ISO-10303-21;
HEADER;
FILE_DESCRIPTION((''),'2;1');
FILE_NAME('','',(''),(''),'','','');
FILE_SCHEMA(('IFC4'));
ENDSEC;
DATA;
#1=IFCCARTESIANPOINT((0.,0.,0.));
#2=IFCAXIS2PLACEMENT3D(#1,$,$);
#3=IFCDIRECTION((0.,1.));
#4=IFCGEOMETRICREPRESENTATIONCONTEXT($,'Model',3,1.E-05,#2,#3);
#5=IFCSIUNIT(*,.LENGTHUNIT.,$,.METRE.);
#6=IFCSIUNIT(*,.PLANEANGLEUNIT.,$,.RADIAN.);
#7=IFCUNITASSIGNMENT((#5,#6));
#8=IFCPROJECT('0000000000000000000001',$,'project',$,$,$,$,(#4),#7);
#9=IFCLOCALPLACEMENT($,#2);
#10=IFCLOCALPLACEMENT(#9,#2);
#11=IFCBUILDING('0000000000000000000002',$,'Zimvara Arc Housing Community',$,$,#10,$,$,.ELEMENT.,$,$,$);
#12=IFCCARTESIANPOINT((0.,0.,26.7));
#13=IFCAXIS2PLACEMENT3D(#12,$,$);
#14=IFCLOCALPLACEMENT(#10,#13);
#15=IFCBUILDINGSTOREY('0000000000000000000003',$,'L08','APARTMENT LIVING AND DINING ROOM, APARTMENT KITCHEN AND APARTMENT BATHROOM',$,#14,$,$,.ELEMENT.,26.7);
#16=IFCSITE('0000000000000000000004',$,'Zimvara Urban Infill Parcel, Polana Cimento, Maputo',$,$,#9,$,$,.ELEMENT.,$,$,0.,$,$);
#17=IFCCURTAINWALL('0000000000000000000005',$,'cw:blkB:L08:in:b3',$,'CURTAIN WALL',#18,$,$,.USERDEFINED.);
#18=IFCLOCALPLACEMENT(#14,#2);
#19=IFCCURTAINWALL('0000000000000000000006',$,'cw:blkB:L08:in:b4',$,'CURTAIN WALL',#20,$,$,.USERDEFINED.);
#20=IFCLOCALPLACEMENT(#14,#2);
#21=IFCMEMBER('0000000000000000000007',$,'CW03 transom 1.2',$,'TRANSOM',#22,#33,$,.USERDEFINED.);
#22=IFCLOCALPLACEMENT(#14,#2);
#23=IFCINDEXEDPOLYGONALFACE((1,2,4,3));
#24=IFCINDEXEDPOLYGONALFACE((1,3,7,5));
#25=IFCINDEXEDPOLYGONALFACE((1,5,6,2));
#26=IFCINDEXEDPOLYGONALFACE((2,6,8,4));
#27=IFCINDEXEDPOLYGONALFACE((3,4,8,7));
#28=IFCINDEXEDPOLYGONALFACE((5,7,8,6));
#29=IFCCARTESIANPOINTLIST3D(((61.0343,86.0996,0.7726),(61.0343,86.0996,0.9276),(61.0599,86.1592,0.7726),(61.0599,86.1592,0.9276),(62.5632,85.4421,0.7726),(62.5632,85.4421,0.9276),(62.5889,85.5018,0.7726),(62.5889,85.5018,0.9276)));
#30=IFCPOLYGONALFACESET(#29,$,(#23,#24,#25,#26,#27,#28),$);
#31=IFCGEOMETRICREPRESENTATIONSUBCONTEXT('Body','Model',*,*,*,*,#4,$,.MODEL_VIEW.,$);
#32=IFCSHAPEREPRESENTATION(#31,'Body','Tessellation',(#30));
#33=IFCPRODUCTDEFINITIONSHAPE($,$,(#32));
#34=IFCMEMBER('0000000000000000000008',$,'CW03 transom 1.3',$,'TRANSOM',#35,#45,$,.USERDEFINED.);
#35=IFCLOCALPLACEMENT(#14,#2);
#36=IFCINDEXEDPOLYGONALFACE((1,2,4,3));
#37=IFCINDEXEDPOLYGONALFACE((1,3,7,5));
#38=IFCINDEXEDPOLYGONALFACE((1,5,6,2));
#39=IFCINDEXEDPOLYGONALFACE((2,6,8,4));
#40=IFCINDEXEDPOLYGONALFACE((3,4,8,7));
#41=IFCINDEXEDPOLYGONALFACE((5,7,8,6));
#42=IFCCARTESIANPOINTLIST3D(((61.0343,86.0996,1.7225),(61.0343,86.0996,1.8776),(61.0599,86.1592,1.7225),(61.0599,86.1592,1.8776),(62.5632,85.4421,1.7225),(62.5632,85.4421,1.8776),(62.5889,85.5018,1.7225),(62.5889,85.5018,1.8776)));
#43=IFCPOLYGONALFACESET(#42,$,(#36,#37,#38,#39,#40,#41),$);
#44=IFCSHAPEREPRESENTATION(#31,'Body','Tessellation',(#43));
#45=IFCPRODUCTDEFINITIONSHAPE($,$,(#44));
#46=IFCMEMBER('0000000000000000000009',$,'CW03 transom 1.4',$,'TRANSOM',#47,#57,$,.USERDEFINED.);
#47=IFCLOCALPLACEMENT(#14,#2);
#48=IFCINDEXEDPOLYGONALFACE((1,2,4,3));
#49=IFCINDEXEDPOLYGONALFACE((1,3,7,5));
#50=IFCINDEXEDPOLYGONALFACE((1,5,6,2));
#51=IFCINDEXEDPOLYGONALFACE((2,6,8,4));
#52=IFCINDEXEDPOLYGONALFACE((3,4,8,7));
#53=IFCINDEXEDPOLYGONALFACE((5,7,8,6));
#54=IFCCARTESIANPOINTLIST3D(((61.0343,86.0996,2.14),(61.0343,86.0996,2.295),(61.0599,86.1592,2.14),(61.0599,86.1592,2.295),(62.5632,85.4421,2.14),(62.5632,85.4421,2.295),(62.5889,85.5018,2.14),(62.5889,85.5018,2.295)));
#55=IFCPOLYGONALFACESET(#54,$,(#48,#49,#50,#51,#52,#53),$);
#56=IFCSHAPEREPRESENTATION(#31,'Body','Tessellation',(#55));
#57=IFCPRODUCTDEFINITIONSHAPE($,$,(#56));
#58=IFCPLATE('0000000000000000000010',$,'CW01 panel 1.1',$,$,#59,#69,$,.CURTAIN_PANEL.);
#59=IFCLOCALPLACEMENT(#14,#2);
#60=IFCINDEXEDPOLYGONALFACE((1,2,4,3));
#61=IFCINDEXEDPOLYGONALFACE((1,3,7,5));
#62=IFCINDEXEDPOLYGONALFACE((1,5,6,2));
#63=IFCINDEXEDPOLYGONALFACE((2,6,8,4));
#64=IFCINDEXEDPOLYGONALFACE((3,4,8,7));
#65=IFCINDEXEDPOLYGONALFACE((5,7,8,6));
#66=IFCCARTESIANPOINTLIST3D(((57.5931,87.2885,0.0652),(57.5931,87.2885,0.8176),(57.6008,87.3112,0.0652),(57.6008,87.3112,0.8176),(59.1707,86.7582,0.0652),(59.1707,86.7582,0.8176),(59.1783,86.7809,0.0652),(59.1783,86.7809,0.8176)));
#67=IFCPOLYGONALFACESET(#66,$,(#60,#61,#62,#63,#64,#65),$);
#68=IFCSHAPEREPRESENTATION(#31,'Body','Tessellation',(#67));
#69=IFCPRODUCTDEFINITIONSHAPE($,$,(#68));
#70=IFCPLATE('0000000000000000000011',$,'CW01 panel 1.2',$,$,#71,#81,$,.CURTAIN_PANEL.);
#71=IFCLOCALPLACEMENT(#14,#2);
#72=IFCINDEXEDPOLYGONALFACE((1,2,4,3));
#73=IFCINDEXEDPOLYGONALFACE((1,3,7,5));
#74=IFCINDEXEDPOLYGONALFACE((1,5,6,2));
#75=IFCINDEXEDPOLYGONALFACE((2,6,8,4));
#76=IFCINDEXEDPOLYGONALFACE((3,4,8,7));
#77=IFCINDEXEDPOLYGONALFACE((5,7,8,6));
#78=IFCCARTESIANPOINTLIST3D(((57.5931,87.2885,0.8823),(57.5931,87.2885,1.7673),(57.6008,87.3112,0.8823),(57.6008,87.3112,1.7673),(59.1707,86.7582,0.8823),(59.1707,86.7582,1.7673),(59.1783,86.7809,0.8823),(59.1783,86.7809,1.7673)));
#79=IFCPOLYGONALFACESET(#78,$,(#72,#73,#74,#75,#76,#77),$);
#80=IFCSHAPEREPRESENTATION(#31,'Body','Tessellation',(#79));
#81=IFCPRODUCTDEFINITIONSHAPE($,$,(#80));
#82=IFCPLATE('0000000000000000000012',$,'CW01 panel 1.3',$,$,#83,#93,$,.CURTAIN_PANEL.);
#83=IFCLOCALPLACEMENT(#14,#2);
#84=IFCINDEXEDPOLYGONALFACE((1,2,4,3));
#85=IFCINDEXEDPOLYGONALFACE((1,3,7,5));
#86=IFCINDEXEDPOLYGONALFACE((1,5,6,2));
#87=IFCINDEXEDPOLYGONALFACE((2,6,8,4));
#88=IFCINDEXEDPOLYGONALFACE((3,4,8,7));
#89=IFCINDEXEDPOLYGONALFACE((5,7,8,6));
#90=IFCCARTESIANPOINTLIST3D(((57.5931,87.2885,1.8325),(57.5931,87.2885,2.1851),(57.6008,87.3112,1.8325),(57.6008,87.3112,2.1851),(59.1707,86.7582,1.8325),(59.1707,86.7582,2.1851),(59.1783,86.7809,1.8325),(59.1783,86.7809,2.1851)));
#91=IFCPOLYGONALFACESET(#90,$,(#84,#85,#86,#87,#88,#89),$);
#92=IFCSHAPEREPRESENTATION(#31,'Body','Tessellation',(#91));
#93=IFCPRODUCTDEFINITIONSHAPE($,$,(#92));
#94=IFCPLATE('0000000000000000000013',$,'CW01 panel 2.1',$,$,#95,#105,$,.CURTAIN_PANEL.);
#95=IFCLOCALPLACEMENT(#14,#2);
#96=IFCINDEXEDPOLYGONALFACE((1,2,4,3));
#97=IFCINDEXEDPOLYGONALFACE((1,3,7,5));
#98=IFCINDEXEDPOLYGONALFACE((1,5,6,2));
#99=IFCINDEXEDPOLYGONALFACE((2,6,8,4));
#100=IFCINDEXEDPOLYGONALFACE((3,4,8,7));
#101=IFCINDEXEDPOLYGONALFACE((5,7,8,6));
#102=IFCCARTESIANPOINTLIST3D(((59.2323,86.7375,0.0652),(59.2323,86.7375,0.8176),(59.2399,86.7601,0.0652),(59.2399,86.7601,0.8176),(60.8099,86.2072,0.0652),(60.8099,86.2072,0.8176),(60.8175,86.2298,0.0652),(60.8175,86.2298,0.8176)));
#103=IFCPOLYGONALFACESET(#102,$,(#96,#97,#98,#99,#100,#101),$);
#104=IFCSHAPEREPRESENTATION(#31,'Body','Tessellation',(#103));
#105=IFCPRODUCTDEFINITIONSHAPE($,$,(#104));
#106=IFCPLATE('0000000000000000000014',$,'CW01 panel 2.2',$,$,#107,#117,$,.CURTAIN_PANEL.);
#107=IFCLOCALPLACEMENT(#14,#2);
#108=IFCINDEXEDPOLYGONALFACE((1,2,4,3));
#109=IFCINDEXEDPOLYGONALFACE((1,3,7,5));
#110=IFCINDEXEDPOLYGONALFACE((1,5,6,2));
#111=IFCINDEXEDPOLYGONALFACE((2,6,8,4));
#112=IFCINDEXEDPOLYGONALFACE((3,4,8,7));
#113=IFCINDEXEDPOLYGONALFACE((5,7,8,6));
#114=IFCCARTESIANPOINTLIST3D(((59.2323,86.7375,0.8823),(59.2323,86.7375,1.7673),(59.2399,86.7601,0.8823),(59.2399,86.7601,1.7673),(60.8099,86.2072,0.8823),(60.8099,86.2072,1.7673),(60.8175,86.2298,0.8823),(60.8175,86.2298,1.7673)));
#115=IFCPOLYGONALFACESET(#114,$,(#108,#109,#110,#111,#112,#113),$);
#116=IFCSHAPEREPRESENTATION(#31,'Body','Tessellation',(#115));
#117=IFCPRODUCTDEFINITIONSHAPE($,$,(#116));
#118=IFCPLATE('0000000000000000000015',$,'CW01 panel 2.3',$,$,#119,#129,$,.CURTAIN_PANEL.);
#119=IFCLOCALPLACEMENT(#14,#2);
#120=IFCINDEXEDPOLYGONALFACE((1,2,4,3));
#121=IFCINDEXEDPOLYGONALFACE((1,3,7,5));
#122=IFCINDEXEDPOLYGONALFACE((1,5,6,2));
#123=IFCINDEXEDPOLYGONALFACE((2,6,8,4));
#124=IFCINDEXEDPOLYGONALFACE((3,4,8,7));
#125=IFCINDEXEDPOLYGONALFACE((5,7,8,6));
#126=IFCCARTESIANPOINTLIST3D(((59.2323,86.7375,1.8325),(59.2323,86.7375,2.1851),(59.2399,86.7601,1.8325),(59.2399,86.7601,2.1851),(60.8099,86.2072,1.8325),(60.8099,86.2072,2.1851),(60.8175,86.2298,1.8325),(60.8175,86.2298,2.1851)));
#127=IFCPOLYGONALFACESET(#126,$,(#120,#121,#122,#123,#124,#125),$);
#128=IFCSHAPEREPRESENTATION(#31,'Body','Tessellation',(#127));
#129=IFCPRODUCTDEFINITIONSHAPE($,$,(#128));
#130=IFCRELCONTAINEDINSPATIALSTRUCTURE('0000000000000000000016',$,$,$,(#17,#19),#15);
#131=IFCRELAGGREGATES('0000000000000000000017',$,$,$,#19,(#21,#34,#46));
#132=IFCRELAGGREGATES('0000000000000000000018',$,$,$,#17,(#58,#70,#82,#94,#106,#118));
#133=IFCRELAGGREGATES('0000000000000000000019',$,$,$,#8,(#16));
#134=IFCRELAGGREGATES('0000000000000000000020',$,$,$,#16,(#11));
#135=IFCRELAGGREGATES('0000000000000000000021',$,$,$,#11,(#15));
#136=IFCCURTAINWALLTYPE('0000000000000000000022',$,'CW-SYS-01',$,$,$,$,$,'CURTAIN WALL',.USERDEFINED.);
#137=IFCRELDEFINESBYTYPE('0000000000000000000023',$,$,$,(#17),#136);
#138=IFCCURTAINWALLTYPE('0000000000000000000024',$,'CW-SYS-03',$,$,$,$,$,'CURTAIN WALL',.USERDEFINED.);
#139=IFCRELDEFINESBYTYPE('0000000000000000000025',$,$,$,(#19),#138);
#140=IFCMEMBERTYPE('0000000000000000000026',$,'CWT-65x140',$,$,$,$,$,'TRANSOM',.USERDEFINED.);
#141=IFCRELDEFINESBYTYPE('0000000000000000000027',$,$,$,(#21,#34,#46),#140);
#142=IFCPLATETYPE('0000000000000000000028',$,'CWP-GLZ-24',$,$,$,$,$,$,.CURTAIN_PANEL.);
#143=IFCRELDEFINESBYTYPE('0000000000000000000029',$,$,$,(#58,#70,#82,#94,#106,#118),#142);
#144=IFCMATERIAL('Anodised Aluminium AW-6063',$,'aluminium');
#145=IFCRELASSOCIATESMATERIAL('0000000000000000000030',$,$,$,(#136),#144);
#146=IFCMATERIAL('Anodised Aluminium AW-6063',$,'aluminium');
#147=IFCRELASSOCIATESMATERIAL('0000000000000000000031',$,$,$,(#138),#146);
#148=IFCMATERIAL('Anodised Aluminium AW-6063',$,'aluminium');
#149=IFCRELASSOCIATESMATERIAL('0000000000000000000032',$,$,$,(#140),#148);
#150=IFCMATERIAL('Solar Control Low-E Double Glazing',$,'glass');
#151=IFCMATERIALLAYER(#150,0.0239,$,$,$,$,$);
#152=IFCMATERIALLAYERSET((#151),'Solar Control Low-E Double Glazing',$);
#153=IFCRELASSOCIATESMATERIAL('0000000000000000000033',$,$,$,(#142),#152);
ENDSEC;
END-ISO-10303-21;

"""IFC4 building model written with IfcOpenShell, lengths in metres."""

from ifc_helpers import new_model, si_unit, direction, frame, origin, origin_2d, place, context, subcontext, project, spatial, rectangle, extrude, material, layer, layer_set, material_profile, profile_set, type_object, element, aggregate, save


model = new_model("IFC4")

# Units and contexts
model_context = context("Model", 3, precision=1e-05, world=origin(), true_north=direction((0.0, 1.0)))
body_context = subcontext(model_context, "Body", "Model", "MODEL_VIEW")
ifc_project = project(units=[si_unit("LENGTHUNIT", "METRE"), si_unit("PLANEANGLEUNIT", "RADIAN")], contexts=[model_context])

# Site, building, storey
site_placement = place(None, origin())
site = spatial("IfcSite", under=ifc_project, at=site_placement, Name="Zimvara Urban Infill Parcel, Polana Cimento, Maputo", CompositionType="ELEMENT", RefElevation=0.0)
building_placement = place(site_placement, origin())
building = spatial("IfcBuilding", under=site, at=building_placement, Name="Zimvara Arc Housing Community", CompositionType="ELEMENT")
storey_placement = place(building_placement, frame((0.0, 0.0, 26.7)))
storey = spatial("IfcBuildingStorey", under=building, at=storey_placement, Name="L08", Description="APARTMENT LIVING AND DINING ROOM, APARTMENT KITCHEN AND APARTMENT BATHROOM", CompositionType="ELEMENT", Elevation=26.7)

# Curtain wall
ifc_material_1 = material(Name="Anodised Aluminium AW-6063", Category="aluminium")
curtain_wall_type_1 = type_object("IfcCurtainWallType", Name="CW-SYS-01", ElementType="CURTAIN WALL", PredefinedType="USERDEFINED", material=ifc_material_1)
curtain_wall_1_placement = place(storey_placement, origin())
curtain_wall_1 = element("IfcCurtainWall", 1, at=curtain_wall_1_placement, inside=storey, type_object=curtain_wall_type_1, Name="cw:blkB:L08:in:b3", ObjectType="CURTAIN WALL", PredefinedType="USERDEFINED")

# Curtain wall
ifc_material_2 = material(Name="Anodised Aluminium AW-6063", Category="aluminium")
curtain_wall_type_2 = type_object("IfcCurtainWallType", Name="CW-SYS-03", ElementType="CURTAIN WALL", PredefinedType="USERDEFINED", material=ifc_material_2)
curtain_wall_2_placement = place(storey_placement, origin())
curtain_wall_2 = element("IfcCurtainWall", 2, at=curtain_wall_2_placement, inside=storey, type_object=curtain_wall_type_2, Name="cw:blkB:L08:in:b4", ObjectType="CURTAIN WALL", PredefinedType="USERDEFINED")

# Members
ifc_material_3 = material(Name="Anodised Aluminium AW-6063", Category="aluminium")
ifc_material_profile_1 = material_profile(ifc_material_3, rectangle(XDim=0.0649, YDim=0.155, at=origin_2d()), Name="ALU 65x155")
ifc_profile_set_1 = profile_set([ifc_material_profile_1], Name="Anodised Aluminium AW-6063")
member_type_1 = type_object("IfcMemberType", Name="CWT-65x140", ElementType="TRANSOM", PredefinedType="USERDEFINED", material=ifc_profile_set_1)
member_1_placement = place(storey_placement, frame((61.0471, 86.1294, 0.8501), z_axis=(0.918674, -0.395017, 0.0), x_axis=(0.395017, 0.918674, 0.0)))
member_1 = element("IfcMember", 3, at=member_1_placement, type_object=member_type_1, Name="CW03 transom 1.2", ObjectType="TRANSOM", PredefinedType="USERDEFINED", context=body_context, shape_type="SweptSolid", body=[
    extrude(rectangle(XDim=0.0649, YDim=0.155, at=origin_2d()), origin(), (0.0, 0.0, 1.0), 1.6643),
])
member_2_placement = place(storey_placement, frame((61.0471, 86.1294, 1.8), z_axis=(0.918674, -0.395017, 0.0), x_axis=(0.395017, 0.918674, 0.0)))
member_2 = element("IfcMember", 4, at=member_2_placement, type_object=member_type_1, Name="CW03 transom 1.3", ObjectType="TRANSOM", PredefinedType="USERDEFINED", context=body_context, shape_type="SweptSolid", body=[
    extrude(rectangle(XDim=0.0649, YDim=0.155, at=origin_2d()), origin(), (0.0, 0.0, 1.0), 1.6643),
])
member_3_placement = place(storey_placement, frame((61.0471, 86.1294, 2.2175), z_axis=(0.918674, -0.395017, 0.0), x_axis=(0.395017, 0.918674, 0.0)))
member_3 = element("IfcMember", 5, at=member_3_placement, type_object=member_type_1, Name="CW03 transom 1.4", ObjectType="TRANSOM", PredefinedType="USERDEFINED", context=body_context, shape_type="SweptSolid", body=[
    extrude(rectangle(XDim=0.0649, YDim=0.155, at=origin_2d()), origin(), (0.0, 0.0, 1.0), 1.6643),
])
aggregate(curtain_wall_2, [member_1, member_2, member_3])

# Plates
ifc_material_4 = material(Name="Solar Control Low-E Double Glazing", Category="glass")
ifc_layer = layer(ifc_material_4, 0.0239)
ifc_layer_set = layer_set([ifc_layer], Name="Solar Control Low-E Double Glazing")
plate_type = type_object("IfcPlateType", Name="CWP-GLZ-24", PredefinedType="CURTAIN_PANEL", material=ifc_layer_set)
plate_1_placement = place(storey_placement, frame((58.3857, 87.0347, 0.0652), z_axis=(0.0, 0.0, 1.0), x_axis=(0.947879, -0.31863, 0.0)))
plate_1 = element("IfcPlate", 6, at=plate_1_placement, type_object=plate_type, Name="CW01 panel 1.1", PredefinedType="CURTAIN_PANEL", context=body_context, shape_type="SweptSolid", body=[
    extrude(rectangle(XDim=1.6643, YDim=0.0239, at=origin_2d()), origin(), (0.0, 0.0, 1.0), 0.7524),
])
plate_2_placement = place(storey_placement, frame((58.3857, 87.0347, 0.8823), z_axis=(0.0, 0.0, 1.0), x_axis=(0.947879, -0.31863, 0.0)))
plate_2 = element("IfcPlate", 7, at=plate_2_placement, type_object=plate_type, Name="CW01 panel 1.2", PredefinedType="CURTAIN_PANEL", context=body_context, shape_type="SweptSolid", body=[
    extrude(rectangle(XDim=1.6643, YDim=0.0239, at=origin_2d()), origin(), (0.0, 0.0, 1.0), 0.885),
])
plate_3_placement = place(storey_placement, frame((58.3857, 87.0347, 1.8325), z_axis=(0.0, 0.0, 1.0), x_axis=(0.947879, -0.31863, 0.0)))
plate_3 = element("IfcPlate", 8, at=plate_3_placement, type_object=plate_type, Name="CW01 panel 1.3", PredefinedType="CURTAIN_PANEL", context=body_context, shape_type="SweptSolid", body=[
    extrude(rectangle(XDim=1.6643, YDim=0.0239, at=origin_2d()), origin(), (0.0, 0.0, 1.0), 0.3525),
])
plate_4_placement = place(storey_placement, frame((60.0249, 86.4836, 0.0652), z_axis=(0.0, 0.0, 1.0), x_axis=(0.947879, -0.31863, 0.0)))
plate_4 = element("IfcPlate", 9, at=plate_4_placement, type_object=plate_type, Name="CW01 panel 2.1", PredefinedType="CURTAIN_PANEL", context=body_context, shape_type="SweptSolid", body=[
    extrude(rectangle(XDim=1.6643, YDim=0.0239, at=origin_2d()), origin(), (0.0, 0.0, 1.0), 0.7524),
])
plate_5_placement = place(storey_placement, frame((60.0249, 86.4836, 0.8823), z_axis=(0.0, 0.0, 1.0), x_axis=(0.947879, -0.31863, 0.0)))
plate_5 = element("IfcPlate", 10, at=plate_5_placement, type_object=plate_type, Name="CW01 panel 2.2", PredefinedType="CURTAIN_PANEL", context=body_context, shape_type="SweptSolid", body=[
    extrude(rectangle(XDim=1.6643, YDim=0.0239, at=origin_2d()), origin(), (0.0, 0.0, 1.0), 0.885),
])
plate_6_placement = place(storey_placement, frame((60.0249, 86.4836, 1.8325), z_axis=(0.0, 0.0, 1.0), x_axis=(0.947879, -0.31863, 0.0)))
plate_6 = element("IfcPlate", 11, at=plate_6_placement, type_object=plate_type, Name="CW01 panel 2.3", PredefinedType="CURTAIN_PANEL", context=body_context, shape_type="SweptSolid", body=[
    extrude(rectangle(XDim=1.6643, YDim=0.0239, at=origin_2d()), origin(), (0.0, 0.0, 1.0), 0.3525),
])
aggregate(curtain_wall_1, [plate_1, plate_2, plate_3, plate_4, plate_5, plate_6])

save(model, "model.ifc")
